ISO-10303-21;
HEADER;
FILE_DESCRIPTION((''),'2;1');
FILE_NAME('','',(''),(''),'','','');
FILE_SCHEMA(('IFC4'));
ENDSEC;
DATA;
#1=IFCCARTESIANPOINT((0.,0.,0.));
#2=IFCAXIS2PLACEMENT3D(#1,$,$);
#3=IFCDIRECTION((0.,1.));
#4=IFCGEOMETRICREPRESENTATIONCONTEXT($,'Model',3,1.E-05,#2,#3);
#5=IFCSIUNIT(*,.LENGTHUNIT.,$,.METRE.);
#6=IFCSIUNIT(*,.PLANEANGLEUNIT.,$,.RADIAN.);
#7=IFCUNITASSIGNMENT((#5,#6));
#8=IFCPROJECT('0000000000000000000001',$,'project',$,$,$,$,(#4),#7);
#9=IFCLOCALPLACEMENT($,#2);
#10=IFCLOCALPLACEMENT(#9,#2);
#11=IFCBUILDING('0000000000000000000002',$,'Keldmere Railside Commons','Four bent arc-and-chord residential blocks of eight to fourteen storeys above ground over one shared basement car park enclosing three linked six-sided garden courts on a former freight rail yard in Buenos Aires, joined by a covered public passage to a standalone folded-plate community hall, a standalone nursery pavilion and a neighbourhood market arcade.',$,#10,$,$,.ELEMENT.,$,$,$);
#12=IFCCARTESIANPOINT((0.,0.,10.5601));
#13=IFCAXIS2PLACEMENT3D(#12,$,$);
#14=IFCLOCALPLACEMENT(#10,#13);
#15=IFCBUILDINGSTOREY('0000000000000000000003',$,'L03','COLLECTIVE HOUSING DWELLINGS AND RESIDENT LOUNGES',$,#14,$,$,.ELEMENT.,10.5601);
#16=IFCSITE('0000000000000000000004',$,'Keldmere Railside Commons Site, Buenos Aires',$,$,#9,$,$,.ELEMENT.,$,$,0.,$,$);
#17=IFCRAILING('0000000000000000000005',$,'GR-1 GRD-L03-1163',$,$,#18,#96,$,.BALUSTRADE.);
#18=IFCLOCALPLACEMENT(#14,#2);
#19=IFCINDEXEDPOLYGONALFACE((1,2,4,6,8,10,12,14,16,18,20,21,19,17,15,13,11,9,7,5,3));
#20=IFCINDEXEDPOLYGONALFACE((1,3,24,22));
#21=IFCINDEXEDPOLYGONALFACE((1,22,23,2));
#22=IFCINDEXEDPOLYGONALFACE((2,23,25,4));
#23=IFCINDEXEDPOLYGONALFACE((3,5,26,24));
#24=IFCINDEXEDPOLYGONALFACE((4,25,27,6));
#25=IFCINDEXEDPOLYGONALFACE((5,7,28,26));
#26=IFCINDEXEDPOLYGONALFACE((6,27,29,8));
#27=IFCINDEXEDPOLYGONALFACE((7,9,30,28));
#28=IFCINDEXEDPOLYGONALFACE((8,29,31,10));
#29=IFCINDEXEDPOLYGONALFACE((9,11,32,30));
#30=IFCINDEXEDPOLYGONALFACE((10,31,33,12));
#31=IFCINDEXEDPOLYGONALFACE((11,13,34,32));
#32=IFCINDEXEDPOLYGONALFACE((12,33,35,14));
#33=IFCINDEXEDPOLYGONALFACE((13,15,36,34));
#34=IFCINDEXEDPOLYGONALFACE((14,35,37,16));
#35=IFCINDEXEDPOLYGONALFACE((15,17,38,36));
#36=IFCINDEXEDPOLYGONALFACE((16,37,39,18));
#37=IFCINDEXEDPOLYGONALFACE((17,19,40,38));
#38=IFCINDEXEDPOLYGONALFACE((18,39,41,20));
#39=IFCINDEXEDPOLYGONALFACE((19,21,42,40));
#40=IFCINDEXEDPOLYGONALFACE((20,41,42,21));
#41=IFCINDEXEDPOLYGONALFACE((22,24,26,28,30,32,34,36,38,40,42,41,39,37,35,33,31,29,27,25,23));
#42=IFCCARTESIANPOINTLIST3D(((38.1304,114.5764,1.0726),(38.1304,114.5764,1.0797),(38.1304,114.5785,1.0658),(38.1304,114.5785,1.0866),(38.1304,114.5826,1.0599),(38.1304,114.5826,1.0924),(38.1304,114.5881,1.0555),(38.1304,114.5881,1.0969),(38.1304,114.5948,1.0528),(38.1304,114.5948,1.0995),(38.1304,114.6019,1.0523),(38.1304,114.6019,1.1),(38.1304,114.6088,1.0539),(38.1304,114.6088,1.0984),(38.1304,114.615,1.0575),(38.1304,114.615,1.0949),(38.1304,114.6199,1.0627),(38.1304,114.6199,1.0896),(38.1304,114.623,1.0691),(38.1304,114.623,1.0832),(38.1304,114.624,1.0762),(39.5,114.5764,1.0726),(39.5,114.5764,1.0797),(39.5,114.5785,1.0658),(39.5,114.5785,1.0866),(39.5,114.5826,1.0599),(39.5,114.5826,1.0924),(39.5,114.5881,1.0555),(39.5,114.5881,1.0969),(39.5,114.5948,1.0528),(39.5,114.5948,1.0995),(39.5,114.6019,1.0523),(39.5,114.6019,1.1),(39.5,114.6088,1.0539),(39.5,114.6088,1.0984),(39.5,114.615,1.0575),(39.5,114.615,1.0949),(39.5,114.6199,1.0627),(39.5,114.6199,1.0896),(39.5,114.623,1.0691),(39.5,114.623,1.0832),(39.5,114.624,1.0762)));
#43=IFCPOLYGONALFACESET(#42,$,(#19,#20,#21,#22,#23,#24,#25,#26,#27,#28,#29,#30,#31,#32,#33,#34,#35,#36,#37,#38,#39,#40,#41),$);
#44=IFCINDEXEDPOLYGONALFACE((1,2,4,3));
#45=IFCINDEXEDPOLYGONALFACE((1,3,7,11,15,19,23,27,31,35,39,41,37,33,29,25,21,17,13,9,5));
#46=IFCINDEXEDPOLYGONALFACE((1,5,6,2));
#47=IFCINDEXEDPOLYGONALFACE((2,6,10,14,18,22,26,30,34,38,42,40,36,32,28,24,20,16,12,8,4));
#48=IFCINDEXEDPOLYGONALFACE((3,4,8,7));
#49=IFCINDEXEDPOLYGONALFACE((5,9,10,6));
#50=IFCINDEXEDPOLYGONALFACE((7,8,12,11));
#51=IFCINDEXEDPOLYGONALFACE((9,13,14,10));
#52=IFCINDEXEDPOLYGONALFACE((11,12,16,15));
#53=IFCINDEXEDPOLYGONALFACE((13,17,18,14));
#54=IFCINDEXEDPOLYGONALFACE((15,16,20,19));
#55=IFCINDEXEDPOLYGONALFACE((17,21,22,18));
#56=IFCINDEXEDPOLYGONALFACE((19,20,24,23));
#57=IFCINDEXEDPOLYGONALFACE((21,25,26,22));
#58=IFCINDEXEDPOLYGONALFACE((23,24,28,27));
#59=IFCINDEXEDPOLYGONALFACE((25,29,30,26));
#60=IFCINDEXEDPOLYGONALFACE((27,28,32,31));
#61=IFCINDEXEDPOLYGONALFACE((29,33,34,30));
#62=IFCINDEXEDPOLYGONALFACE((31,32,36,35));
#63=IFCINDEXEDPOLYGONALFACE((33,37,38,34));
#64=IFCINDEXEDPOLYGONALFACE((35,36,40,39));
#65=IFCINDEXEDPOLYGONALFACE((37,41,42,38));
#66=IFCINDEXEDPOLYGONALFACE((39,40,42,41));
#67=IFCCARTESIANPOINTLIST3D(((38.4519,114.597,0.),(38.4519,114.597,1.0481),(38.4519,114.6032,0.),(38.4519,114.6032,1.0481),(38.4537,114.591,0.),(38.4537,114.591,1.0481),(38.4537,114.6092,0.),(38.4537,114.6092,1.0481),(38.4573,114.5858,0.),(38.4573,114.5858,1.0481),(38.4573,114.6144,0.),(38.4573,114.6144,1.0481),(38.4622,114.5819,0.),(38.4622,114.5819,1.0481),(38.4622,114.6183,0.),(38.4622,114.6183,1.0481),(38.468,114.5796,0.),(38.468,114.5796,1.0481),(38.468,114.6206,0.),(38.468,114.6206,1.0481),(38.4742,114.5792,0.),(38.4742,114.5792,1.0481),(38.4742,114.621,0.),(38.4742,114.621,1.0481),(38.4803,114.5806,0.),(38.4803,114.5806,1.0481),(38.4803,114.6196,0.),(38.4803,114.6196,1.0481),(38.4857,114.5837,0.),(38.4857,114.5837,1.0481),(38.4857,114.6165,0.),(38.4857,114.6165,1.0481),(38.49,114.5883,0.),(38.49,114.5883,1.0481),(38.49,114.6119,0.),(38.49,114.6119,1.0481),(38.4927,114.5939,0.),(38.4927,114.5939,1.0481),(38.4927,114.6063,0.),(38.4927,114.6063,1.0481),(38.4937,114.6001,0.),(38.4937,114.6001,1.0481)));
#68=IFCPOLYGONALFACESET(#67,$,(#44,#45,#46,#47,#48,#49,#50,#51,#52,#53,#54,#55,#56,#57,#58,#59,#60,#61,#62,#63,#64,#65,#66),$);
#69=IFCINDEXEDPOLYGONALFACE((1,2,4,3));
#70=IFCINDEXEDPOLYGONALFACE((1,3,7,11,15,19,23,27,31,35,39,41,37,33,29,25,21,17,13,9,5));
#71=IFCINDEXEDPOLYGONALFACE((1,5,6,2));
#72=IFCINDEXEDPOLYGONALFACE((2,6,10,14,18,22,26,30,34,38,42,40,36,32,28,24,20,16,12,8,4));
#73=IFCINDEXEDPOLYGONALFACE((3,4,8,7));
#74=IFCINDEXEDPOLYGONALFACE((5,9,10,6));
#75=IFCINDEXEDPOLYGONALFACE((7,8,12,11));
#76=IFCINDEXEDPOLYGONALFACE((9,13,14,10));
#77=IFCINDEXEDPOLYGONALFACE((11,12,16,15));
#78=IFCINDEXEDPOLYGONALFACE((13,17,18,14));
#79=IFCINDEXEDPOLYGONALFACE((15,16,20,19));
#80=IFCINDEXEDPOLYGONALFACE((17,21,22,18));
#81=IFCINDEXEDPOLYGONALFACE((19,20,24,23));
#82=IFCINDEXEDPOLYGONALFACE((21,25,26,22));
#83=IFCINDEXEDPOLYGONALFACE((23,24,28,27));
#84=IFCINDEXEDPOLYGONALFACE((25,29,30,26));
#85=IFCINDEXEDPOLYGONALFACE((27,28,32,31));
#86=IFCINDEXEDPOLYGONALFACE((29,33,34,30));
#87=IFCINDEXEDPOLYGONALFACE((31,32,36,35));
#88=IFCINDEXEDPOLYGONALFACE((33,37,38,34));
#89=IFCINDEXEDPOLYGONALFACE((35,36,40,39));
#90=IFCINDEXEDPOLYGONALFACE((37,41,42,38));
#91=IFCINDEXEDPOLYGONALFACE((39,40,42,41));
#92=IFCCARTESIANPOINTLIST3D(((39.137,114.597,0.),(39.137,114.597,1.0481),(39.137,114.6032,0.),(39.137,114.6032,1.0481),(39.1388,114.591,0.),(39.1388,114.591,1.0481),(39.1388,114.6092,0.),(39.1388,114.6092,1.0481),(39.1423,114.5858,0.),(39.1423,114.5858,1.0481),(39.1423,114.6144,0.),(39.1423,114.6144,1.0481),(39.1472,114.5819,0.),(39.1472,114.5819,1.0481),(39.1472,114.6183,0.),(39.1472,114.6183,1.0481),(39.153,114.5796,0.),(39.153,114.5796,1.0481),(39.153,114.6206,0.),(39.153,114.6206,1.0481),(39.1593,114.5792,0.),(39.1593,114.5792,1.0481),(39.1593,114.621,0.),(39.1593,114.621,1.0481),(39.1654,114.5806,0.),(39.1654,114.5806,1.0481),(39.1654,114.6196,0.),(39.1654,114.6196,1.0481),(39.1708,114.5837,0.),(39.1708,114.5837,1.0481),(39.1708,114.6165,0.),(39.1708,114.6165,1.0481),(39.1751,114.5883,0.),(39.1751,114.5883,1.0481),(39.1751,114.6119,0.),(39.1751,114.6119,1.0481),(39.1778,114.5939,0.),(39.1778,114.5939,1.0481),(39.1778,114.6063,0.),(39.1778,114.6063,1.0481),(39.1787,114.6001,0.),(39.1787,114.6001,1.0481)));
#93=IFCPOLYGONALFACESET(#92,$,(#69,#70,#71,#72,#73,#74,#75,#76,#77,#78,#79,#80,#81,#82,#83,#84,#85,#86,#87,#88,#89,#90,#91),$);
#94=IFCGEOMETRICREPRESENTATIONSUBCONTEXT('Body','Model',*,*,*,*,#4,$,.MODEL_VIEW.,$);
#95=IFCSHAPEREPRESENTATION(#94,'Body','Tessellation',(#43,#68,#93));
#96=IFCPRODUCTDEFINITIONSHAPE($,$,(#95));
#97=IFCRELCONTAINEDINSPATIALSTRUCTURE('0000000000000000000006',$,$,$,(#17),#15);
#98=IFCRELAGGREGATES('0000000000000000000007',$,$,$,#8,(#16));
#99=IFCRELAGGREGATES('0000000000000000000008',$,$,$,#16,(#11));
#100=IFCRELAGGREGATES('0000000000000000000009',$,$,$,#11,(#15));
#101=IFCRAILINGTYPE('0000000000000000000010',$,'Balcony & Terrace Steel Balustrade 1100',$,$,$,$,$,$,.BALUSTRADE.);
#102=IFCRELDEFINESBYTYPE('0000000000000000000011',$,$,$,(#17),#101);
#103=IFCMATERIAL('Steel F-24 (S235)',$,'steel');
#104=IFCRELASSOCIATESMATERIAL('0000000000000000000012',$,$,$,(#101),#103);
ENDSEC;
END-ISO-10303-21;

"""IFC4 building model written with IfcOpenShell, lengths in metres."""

from ifc_helpers import new_model, si_unit, direction, frame, origin, origin_2d, place, context, subcontext, project, spatial, circle, extrude, material, type_object, element, save


model = new_model("IFC4")

# Units and contexts
model_context = context("Model", 3, precision=1e-05, world=origin(), true_north=direction((0.0, 1.0)))
body_context = subcontext(model_context, "Body", "Model", "MODEL_VIEW")
ifc_project = project(units=[si_unit("LENGTHUNIT", "METRE"), si_unit("PLANEANGLEUNIT", "RADIAN")], contexts=[model_context])

# Site, building, storey
site_placement = place(None, origin())
site = spatial("IfcSite", under=ifc_project, at=site_placement, Name="Keldmere Railside Commons Site, Buenos Aires", CompositionType="ELEMENT", RefElevation=0.0)
building_placement = place(site_placement, origin())
building = spatial("IfcBuilding", under=site, at=building_placement, Name="Keldmere Railside Commons", Description="Four bent arc-and-chord residential blocks of eight to fourteen storeys above ground over one shared basement car park enclosing three linked six-sided garden courts on a former freight rail yard in Buenos Aires, joined by a covered public passage to a standalone folded-plate community hall, a standalone nursery pavilion and a neighbourhood market arcade.", CompositionType="ELEMENT")
storey_placement = place(building_placement, frame((0.0, 0.0, 10.5601)))
storey = spatial("IfcBuildingStorey", under=building, at=storey_placement, Name="L03", Description="COLLECTIVE HOUSING DWELLINGS AND RESIDENT LOUNGES", CompositionType="ELEMENT", Elevation=10.5601)

# Railing
ifc_material_1 = material(Name="Steel F-24 (S235)", Category="steel")
railing_type = type_object("IfcRailingType", Name="Balcony & Terrace Steel Balustrade 1100", PredefinedType="BALUSTRADE", material=ifc_material_1)
railing_1_placement = place(storey_placement, frame((38.1304, 114.6001, 0.0)))
element("IfcRailing", 1, at=railing_1_placement, inside=storey, type_object=railing_type, Name="GR-1 GRD-L03-1163", PredefinedType="BALUSTRADE", context=body_context, shape_type="SweptSolid", body=[
    extrude(circle(Radius=0.0239, at=origin_2d()), frame((0.0, 0.0, 1.0762), z_axis=(1.0, 0.0, 0.0), x_axis=(0.0, 1.0, 0.0)), (0.0, 0.0, 1.0), 1.3696),
    extrude(circle(Radius=0.021, at=origin_2d()), frame((0.3423, 0.0, 0.0)), (0.0, 0.0, 1.0), 1.0481),
    extrude(circle(Radius=0.021, at=origin_2d()), frame((1.0273, 0.0, 0.0)), (0.0, 0.0, 1.0), 1.0481),
])

save(model, "model.ifc")
